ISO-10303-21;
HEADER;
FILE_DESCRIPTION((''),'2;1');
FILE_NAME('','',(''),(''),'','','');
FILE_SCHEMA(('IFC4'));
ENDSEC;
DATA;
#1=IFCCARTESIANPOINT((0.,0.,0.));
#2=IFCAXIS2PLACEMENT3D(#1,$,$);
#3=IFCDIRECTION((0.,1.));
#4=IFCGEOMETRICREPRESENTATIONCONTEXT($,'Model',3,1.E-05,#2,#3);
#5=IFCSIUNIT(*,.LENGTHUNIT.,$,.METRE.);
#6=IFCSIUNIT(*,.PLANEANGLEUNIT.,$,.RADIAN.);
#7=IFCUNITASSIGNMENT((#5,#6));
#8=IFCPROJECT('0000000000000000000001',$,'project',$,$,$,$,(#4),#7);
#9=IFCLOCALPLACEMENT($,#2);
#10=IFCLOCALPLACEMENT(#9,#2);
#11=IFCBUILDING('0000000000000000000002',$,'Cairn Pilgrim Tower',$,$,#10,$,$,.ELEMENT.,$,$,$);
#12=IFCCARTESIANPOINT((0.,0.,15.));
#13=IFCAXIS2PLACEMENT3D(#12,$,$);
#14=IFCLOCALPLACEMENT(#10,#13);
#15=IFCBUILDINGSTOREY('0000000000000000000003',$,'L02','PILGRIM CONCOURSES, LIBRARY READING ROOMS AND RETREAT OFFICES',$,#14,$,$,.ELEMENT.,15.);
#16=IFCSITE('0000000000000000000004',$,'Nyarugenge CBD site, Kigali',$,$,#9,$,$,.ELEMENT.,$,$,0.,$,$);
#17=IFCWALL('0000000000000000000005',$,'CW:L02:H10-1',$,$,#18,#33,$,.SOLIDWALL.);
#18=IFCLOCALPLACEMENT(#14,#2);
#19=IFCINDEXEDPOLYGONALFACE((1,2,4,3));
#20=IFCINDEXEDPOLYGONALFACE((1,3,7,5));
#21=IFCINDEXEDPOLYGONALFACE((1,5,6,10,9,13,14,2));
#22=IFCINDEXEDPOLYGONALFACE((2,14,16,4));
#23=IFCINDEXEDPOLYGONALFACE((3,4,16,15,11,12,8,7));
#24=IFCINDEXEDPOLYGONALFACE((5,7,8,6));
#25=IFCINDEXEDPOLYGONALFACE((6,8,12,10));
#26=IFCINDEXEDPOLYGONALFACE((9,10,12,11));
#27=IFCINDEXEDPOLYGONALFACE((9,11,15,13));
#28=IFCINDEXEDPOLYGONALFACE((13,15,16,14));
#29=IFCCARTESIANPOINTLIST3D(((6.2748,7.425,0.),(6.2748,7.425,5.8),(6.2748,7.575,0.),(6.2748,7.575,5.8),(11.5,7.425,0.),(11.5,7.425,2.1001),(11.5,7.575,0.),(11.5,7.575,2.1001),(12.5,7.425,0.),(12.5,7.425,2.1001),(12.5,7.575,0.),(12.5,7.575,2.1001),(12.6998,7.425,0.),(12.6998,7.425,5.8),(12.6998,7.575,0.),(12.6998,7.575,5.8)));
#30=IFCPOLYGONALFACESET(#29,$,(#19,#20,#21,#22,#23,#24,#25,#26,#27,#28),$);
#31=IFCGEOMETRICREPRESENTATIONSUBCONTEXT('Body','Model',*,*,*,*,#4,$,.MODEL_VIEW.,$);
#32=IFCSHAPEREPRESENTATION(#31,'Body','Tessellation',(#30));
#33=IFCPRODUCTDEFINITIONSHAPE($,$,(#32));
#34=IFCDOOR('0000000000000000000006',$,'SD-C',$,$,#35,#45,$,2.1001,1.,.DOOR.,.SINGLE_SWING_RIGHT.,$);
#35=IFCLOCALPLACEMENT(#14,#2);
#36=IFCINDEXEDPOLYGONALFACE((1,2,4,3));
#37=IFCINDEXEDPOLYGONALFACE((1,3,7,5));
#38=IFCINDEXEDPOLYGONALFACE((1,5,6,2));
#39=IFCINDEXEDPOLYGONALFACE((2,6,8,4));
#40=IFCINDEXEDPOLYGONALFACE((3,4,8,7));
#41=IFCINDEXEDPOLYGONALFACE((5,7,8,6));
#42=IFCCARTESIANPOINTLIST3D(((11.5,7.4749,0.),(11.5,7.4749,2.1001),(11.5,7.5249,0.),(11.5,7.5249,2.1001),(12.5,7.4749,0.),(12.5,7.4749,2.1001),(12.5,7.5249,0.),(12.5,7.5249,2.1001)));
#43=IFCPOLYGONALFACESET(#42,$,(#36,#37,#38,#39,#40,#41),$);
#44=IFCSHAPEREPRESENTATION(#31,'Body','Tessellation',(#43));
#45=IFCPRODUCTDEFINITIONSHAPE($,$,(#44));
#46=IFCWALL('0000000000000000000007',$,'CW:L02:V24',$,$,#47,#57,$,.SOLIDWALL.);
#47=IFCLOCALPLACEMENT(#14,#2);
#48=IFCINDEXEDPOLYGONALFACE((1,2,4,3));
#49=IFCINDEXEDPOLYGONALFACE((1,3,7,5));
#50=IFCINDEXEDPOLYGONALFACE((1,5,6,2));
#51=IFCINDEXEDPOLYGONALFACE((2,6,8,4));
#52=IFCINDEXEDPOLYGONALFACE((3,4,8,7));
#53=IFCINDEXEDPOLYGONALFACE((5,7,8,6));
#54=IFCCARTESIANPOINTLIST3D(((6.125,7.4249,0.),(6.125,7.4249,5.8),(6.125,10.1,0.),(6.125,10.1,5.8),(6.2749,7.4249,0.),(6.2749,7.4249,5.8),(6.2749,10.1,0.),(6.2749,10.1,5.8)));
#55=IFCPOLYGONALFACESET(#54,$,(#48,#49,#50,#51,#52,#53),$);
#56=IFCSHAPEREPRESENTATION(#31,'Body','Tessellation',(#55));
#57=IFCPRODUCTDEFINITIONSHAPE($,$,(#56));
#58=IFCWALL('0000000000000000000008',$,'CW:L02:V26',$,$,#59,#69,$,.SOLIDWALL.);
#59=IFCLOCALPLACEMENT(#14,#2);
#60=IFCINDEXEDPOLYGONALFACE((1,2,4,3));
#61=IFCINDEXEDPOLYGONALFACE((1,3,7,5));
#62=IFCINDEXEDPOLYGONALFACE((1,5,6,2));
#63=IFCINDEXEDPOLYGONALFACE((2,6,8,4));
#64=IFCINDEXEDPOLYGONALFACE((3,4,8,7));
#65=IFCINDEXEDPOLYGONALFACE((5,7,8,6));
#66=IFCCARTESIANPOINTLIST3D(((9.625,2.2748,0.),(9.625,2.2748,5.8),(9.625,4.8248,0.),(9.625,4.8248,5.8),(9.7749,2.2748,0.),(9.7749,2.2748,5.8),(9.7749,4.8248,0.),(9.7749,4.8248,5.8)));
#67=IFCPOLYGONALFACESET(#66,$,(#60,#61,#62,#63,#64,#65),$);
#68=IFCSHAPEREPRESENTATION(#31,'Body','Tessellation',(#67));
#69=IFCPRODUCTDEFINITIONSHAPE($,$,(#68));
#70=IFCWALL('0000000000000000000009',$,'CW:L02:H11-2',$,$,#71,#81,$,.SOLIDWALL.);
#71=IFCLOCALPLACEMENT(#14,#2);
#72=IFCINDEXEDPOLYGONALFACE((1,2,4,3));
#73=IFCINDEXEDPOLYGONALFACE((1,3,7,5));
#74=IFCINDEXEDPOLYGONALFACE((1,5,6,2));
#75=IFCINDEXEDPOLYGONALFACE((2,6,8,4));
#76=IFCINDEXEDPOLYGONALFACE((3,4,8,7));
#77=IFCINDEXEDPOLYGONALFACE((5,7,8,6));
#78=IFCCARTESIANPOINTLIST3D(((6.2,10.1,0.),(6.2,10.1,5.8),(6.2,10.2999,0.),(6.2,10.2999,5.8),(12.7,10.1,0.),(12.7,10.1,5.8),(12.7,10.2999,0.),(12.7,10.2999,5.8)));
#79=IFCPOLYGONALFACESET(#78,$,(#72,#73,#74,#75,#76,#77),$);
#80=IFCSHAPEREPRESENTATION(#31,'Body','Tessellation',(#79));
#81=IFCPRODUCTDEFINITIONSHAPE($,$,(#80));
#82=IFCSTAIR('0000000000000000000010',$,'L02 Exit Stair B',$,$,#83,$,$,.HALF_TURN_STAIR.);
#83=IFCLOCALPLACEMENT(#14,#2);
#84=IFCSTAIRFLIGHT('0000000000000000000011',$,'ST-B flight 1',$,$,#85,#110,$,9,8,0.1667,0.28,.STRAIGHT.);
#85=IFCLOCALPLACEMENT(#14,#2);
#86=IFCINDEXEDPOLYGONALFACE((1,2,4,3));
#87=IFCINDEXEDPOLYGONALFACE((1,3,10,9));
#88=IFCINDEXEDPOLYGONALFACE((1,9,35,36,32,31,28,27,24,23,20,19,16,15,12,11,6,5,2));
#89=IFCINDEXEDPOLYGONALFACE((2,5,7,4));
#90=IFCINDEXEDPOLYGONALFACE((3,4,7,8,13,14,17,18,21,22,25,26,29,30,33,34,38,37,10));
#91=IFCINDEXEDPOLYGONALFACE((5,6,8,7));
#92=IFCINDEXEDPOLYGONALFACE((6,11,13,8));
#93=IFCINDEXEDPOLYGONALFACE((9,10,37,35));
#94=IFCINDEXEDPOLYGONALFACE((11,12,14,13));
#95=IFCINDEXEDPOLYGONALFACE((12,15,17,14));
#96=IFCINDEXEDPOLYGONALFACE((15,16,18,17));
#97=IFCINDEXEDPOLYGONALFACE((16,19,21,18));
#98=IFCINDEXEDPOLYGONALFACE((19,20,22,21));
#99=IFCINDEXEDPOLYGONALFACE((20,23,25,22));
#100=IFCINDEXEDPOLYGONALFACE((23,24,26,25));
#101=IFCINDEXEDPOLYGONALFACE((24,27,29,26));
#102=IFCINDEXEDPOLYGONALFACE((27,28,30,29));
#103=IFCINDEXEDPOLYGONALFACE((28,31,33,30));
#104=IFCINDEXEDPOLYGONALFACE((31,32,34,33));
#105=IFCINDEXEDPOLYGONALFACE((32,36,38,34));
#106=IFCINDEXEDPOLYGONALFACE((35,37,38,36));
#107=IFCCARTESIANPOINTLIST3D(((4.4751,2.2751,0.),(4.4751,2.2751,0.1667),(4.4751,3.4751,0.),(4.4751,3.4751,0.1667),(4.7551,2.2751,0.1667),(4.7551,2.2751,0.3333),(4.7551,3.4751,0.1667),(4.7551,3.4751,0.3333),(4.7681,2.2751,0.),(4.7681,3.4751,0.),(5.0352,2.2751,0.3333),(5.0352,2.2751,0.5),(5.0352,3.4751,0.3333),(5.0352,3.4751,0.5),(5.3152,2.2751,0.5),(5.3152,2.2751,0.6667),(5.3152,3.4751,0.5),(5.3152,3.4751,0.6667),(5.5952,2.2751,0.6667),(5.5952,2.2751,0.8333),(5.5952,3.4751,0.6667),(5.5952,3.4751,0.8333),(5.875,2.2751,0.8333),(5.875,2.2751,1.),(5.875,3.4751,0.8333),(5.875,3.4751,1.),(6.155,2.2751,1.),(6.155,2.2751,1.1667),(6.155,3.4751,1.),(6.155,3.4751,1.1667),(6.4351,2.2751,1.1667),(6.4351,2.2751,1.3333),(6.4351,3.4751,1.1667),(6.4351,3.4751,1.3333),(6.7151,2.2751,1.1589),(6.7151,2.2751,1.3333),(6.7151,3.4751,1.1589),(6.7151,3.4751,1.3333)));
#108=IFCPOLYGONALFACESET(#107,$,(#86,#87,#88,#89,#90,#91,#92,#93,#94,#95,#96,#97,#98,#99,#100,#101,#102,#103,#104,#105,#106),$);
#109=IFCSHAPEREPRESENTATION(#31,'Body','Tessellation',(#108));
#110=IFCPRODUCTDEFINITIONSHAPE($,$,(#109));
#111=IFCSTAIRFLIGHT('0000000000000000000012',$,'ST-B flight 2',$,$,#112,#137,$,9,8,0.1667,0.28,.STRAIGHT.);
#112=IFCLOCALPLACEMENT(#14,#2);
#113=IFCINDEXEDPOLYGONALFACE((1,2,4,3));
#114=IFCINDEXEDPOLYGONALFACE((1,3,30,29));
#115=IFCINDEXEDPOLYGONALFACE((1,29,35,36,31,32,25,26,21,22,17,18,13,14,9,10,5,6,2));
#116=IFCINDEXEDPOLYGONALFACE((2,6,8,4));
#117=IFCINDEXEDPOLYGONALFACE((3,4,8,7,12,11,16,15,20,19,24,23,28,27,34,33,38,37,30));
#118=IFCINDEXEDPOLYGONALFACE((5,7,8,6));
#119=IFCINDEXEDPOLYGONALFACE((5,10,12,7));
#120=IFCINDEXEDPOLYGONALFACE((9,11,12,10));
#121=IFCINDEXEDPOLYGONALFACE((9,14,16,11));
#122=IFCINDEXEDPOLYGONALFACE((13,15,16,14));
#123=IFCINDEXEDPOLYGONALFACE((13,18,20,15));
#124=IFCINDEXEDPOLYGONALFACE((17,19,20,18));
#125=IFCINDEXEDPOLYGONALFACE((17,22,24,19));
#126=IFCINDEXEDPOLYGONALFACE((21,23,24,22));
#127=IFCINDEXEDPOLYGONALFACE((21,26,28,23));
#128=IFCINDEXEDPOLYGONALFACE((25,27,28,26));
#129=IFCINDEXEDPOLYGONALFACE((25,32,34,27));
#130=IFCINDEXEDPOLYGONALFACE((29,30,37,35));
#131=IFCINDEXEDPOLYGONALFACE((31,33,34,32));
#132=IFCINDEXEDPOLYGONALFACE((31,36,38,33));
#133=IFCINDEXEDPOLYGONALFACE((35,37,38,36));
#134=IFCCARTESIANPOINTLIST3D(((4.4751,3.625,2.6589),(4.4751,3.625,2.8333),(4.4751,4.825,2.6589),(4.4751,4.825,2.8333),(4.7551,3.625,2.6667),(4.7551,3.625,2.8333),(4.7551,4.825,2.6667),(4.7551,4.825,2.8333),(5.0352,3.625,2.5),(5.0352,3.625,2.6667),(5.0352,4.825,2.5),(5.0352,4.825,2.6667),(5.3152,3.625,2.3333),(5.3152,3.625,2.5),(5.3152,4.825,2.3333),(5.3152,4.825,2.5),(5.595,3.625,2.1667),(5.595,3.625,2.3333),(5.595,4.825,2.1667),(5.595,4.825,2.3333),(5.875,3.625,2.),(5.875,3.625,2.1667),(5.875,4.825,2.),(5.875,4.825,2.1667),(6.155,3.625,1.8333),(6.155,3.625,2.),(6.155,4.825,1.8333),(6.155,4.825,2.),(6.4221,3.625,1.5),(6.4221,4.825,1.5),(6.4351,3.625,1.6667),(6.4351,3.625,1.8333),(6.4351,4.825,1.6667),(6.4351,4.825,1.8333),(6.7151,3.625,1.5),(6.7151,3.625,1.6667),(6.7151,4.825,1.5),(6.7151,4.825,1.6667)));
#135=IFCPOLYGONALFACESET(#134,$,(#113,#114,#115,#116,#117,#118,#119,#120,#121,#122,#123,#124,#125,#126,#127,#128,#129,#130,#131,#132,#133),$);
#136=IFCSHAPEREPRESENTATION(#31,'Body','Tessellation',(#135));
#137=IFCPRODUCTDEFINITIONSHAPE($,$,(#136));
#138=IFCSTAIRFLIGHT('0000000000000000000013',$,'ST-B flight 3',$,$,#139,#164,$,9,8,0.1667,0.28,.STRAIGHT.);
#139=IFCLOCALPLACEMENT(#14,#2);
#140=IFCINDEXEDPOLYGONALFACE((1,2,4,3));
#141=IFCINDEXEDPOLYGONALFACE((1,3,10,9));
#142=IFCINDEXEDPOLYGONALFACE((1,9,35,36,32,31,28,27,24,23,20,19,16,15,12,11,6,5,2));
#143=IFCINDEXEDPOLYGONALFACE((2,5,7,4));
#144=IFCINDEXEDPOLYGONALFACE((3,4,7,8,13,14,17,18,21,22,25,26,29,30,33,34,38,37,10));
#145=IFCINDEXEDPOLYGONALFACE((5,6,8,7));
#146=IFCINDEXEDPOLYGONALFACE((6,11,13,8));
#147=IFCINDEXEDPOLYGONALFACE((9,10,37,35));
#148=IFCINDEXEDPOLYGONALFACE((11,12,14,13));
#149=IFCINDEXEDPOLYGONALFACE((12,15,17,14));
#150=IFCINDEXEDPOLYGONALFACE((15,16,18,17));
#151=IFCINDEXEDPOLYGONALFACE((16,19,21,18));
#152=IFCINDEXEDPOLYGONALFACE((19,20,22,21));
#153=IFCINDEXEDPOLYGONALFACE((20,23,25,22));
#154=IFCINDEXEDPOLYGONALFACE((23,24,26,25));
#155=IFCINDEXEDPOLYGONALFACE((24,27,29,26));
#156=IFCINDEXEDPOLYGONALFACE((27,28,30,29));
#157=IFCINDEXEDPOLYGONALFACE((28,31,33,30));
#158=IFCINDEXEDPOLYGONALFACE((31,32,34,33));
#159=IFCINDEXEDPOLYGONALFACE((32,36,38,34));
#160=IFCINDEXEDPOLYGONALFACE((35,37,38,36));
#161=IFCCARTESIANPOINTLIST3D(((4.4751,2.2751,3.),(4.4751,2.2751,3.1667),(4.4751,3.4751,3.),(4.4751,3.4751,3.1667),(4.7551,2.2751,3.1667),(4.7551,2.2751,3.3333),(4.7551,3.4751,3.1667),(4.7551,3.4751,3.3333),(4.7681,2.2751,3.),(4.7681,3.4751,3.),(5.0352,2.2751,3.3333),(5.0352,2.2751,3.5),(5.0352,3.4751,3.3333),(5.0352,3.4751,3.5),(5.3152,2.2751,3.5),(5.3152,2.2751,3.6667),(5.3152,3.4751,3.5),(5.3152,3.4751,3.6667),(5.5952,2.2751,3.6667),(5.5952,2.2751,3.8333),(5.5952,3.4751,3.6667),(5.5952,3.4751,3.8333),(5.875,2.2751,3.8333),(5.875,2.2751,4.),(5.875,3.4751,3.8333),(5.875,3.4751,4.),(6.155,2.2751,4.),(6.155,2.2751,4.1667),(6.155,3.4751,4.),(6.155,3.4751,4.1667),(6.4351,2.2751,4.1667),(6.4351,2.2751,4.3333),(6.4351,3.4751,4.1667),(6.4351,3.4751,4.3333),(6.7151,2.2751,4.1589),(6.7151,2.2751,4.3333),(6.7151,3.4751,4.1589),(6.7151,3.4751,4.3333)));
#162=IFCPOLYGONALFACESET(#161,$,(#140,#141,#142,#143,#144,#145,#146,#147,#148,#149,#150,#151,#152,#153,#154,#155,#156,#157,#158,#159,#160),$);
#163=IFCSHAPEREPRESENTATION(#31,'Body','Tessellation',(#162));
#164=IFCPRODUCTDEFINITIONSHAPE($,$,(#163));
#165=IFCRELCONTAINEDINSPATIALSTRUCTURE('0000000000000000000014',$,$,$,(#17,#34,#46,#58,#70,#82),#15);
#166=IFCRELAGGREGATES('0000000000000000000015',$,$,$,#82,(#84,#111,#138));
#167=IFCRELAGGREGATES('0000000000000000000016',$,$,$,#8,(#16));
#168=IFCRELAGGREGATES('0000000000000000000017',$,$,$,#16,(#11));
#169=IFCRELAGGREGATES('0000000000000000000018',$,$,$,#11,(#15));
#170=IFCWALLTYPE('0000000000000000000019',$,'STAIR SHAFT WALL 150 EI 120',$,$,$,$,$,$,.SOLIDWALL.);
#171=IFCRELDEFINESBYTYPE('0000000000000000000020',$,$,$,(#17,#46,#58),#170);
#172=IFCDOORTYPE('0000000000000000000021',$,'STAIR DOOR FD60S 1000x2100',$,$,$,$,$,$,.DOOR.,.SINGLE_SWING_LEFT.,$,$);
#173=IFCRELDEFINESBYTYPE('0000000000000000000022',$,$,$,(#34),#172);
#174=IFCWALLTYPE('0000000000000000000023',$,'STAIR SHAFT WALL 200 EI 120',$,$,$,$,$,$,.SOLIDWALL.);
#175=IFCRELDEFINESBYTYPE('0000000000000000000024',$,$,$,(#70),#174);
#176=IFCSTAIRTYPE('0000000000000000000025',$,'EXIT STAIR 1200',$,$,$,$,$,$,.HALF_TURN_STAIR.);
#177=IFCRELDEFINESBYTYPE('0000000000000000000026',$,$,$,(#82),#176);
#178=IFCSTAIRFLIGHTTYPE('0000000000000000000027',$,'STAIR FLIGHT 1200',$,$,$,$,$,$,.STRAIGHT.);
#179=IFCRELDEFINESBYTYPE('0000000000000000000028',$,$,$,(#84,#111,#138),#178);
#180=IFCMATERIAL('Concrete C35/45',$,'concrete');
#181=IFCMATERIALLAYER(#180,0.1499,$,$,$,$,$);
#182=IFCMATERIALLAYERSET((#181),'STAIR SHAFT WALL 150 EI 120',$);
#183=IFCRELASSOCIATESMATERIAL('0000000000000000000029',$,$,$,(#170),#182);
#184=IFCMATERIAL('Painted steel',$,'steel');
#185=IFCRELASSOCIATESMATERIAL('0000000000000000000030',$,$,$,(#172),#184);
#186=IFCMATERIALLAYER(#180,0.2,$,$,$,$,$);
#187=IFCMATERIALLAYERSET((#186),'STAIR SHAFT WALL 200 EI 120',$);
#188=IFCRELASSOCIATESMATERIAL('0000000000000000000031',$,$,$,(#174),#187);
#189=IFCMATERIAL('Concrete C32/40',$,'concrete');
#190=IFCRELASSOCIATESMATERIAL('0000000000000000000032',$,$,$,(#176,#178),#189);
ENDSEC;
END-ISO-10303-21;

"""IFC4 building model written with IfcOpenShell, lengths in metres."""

from ifc_helpers import new_model, si_unit, direction, frame, frame_2d, origin, place, context, subcontext, project, spatial, polyline, rectangle, outline, extrude, material, layer, layer_set, type_object, element, fill, aggregate, save


model = new_model("IFC4")

# Units and contexts
model_context = context("Model", 3, precision=1e-05, world=origin(), true_north=direction((0.0, 1.0)))
body_context = subcontext(model_context, "Body", "Model", "MODEL_VIEW")
ifc_project = project(units=[si_unit("LENGTHUNIT", "METRE"), si_unit("PLANEANGLEUNIT", "RADIAN")], contexts=[model_context])

# Site, building, storey
site_placement = place(None, origin())
site = spatial("IfcSite", under=ifc_project, at=site_placement, Name="Nyarugenge CBD site, Kigali", CompositionType="ELEMENT", RefElevation=0.0)
building_placement = place(site_placement, origin())
building = spatial("IfcBuilding", under=site, at=building_placement, Name="Cairn Pilgrim Tower", CompositionType="ELEMENT")
storey_placement = place(building_placement, frame((0.0, 0.0, 15.0)))
storey = spatial("IfcBuildingStorey", under=building, at=storey_placement, Name="L02", Description="PILGRIM CONCOURSES, LIBRARY READING ROOMS AND RETREAT OFFICES", CompositionType="ELEMENT", Elevation=15.0)

# Shared definitions
ifc_material_1 = material(Name="Concrete C32/40", Category="concrete")

# Wall, opening, door
ifc_material_2 = material(Name="Concrete C35/45", Category="concrete")
ifc_layer_1 = layer(ifc_material_2, 0.1499)
ifc_layer_set_1 = layer_set([ifc_layer_1], Name="STAIR SHAFT WALL 150 EI 120")
wall_type_1 = type_object("IfcWallType", Name="STAIR SHAFT WALL 150 EI 120", PredefinedType="SOLIDWALL", material=ifc_layer_set_1)
ifc_material_3 = material(Name="Painted steel", Category="steel")
door_type = type_object("IfcDoorType", Name="STAIR DOOR FD60S 1000x2100", OperationType="SINGLE_SWING_LEFT", PredefinedType="DOOR", material=ifc_material_3)
wall_1_placement = place(storey_placement, frame((6.2749, 7.5, 0.0), z_axis=(0.0, 0.0, 1.0), x_axis=(1.0, 0.0, 0.0)))
wall_1 = element("IfcWall", 1, at=wall_1_placement, inside=storey, type_object=wall_type_1, Name="CW:L02:H10-1", PredefinedType="SOLIDWALL", context=body_context, shape_type="SweptSolid", body=[
    extrude(rectangle(XDim=6.425, YDim=0.1499, at=frame_2d((3.2124, 0.0))), origin(), (0.0, 0.0, 1.0), 5.8),
])
opening_1_placement = place(wall_1_placement, frame((5.2251, 0.0, 0.0)))
opening_1 = element("IfcOpeningElement", 2, at=opening_1_placement, cuts=wall_1, PredefinedType="OPENING", context=body_context, shape_type="SweptSolid", body=[
    extrude(rectangle(XDim=1.0, YDim=2.1001, at=frame_2d((0.5, 1.05))), frame((0.0, 0.085, 0.0), z_axis=(0.0, -1.0, 0.0), x_axis=(1.0, 0.0, 0.0)), (0.0, 0.0, 1.0), 0.1699),
])
door_1_placement = place(opening_1_placement, origin())
door_1 = element("IfcDoor", 3, at=door_1_placement, inside=storey, type_object=door_type, Name="SD-C", OperationType="SINGLE_SWING_RIGHT", OverallHeight=2.1001, OverallWidth=1.0, PredefinedType="DOOR", context=body_context, shape_type="SweptSolid", body=[
    extrude(rectangle(XDim=1.0, YDim=2.1001, at=frame_2d((0.5, 1.05))), frame((0.0, 0.0249, 0.0), z_axis=(0.0, -1.0, 0.0), x_axis=(1.0, 0.0, 0.0)), (0.0, 0.0, 1.0), 0.05),
])
fill(opening_1, door_1)

# Walls
wall_2_placement = place(storey_placement, frame((6.2, 7.425, 0.0), z_axis=(0.0, 0.0, 1.0), x_axis=(0.0, 1.0, 0.0)))
element("IfcWall", 4, at=wall_2_placement, inside=storey, type_object=wall_type_1, Name="CW:L02:V24", PredefinedType="SOLIDWALL", context=body_context, shape_type="SweptSolid", body=[
    extrude(rectangle(XDim=2.675, YDim=0.1499, at=frame_2d((1.3374, 0.0))), origin(), (0.0, 0.0, 1.0), 5.8),
])
wall_3_placement = place(storey_placement, frame((9.7, 2.2749, 0.0), z_axis=(0.0, 0.0, 1.0), x_axis=(0.0, 1.0, 0.0)))
element("IfcWall", 5, at=wall_3_placement, inside=storey, type_object=wall_type_1, Name="CW:L02:V26", PredefinedType="SOLIDWALL", context=body_context, shape_type="SweptSolid", body=[
    extrude(rectangle(XDim=2.55, YDim=0.1499, at=frame_2d((1.2749, 0.0))), origin(), (0.0, 0.0, 1.0), 5.8),
])
ifc_layer_2 = layer(ifc_material_2, 0.2)
ifc_layer_set_2 = layer_set([ifc_layer_2], Name="STAIR SHAFT WALL 200 EI 120")
wall_type_2 = type_object("IfcWallType", Name="STAIR SHAFT WALL 200 EI 120", PredefinedType="SOLIDWALL", material=ifc_layer_set_2)
wall_4_placement = place(storey_placement, frame((6.2, 10.2, 0.0), z_axis=(0.0, 0.0, 1.0), x_axis=(1.0, 0.0, 0.0)))
element("IfcWall", 6, at=wall_4_placement, inside=storey, type_object=wall_type_2, Name="CW:L02:H11-2", PredefinedType="SOLIDWALL", context=body_context, shape_type="SweptSolid", body=[
    extrude(rectangle(XDim=6.5, YDim=0.2, at=frame_2d((3.25, 0.0))), origin(), (0.0, 0.0, 1.0), 5.8),
])

# Stair, stair flights
stair_type = type_object("IfcStairType", Name="EXIT STAIR 1200", PredefinedType="HALF_TURN_STAIR", material=ifc_material_1)
stair_1_placement = place(storey_placement, origin())
stair_1 = element("IfcStair", 7, at=stair_1_placement, inside=storey, type_object=stair_type, Name="L02 Exit Stair B", PredefinedType="HALF_TURN_STAIR")
stair_flight_type = type_object("IfcStairFlightType", Name="STAIR FLIGHT 1200", PredefinedType="STRAIGHT", material=ifc_material_1)
stair_flight_1_placement = place(storey_placement, frame((4.4751, 2.875, 0.0), z_axis=(0.0, 0.0, 1.0), x_axis=(1.0, 0.0, 0.0)))
stair_flight_1 = element("IfcStairFlight", 8, at=stair_flight_1_placement, type_object=stair_flight_type, Name="ST-B flight 1", NumberOfRisers=9, NumberOfTreads=8, PredefinedType="STRAIGHT", RiserHeight=0.1667, TreadLength=0.28, context=body_context, shape_type="SweptSolid", body=[
    extrude(outline(polyline([(0.0, 0.0), (0.0, 0.1667), (0.28, 0.1667), (0.28, 0.3333), (0.5601, 0.3333), (0.5601, 0.5), (0.8401, 0.5), (0.8401, 0.6667), (1.1201, 0.6667), (1.1201, 0.8333), (1.3999, 0.8333), (1.3999, 1.0), (1.6799, 1.0), (1.6799, 1.1667), (1.96, 1.1667), (1.96, 1.3333), (2.24, 1.3333), (2.24, 1.5), (2.24, 1.1589), (0.293, 0.0), (0.0, 0.0)])), frame((0.0, 0.6001, 0.0), z_axis=(0.0, -1.0, 0.0), x_axis=(1.0, 0.0, 0.0)), (0.0, 0.0, 1.0), 1.2),
])
stair_flight_2_placement = place(storey_placement, frame((6.7151, 4.2251, 1.5), z_axis=(0.0, 0.0, 1.0), x_axis=(-1.0, 0.0, 0.0)))
stair_flight_2 = element("IfcStairFlight", 9, at=stair_flight_2_placement, type_object=stair_flight_type, Name="ST-B flight 2", NumberOfRisers=9, NumberOfTreads=8, PredefinedType="STRAIGHT", RiserHeight=0.1667, TreadLength=0.28, context=body_context, shape_type="SweptSolid", body=[
    extrude(outline(polyline([(0.0, 0.0), (0.0, 0.1667), (0.28, 0.1667), (0.28, 0.3333), (0.5601, 0.3333), (0.5601, 0.5), (0.8401, 0.5), (0.8401, 0.6667), (1.1201, 0.6667), (1.1201, 0.8333), (1.3999, 0.8333), (1.3999, 1.0), (1.6799, 1.0), (1.6799, 1.1667), (1.96, 1.1667), (1.96, 1.3333), (2.24, 1.3333), (2.24, 1.5), (2.24, 1.1589), (0.293, 0.0), (0.0, 0.0)])), frame((0.0, 0.6001, 0.0), z_axis=(0.0, -1.0, 0.0), x_axis=(1.0, 0.0, 0.0)), (0.0, 0.0, 1.0), 1.2),
])
stair_flight_3_placement = place(storey_placement, frame((4.4751, 2.875, 3.0), z_axis=(0.0, 0.0, 1.0), x_axis=(1.0, 0.0, 0.0)))
stair_flight_3 = element("IfcStairFlight", 10, at=stair_flight_3_placement, type_object=stair_flight_type, Name="ST-B flight 3", NumberOfRisers=9, NumberOfTreads=8, PredefinedType="STRAIGHT", RiserHeight=0.1667, TreadLength=0.28, context=body_context, shape_type="SweptSolid", body=[
    extrude(outline(polyline([(0.0, 0.0), (0.0, 0.1667), (0.28, 0.1667), (0.28, 0.3333), (0.5601, 0.3333), (0.5601, 0.5), (0.8401, 0.5), (0.8401, 0.6667), (1.1201, 0.6667), (1.1201, 0.8333), (1.3999, 0.8333), (1.3999, 1.0), (1.6799, 1.0), (1.6799, 1.1667), (1.96, 1.1667), (1.96, 1.3333), (2.24, 1.3333), (2.24, 1.5), (2.24, 1.1589), (0.293, 0.0), (0.0, 0.0)])), frame((0.0, 0.6001, 0.0), z_axis=(0.0, -1.0, 0.0), x_axis=(1.0, 0.0, 0.0)), (0.0, 0.0, 1.0), 1.2),
])
aggregate(stair_1, [stair_flight_1, stair_flight_2, stair_flight_3])

save(model, "model.ifc")
